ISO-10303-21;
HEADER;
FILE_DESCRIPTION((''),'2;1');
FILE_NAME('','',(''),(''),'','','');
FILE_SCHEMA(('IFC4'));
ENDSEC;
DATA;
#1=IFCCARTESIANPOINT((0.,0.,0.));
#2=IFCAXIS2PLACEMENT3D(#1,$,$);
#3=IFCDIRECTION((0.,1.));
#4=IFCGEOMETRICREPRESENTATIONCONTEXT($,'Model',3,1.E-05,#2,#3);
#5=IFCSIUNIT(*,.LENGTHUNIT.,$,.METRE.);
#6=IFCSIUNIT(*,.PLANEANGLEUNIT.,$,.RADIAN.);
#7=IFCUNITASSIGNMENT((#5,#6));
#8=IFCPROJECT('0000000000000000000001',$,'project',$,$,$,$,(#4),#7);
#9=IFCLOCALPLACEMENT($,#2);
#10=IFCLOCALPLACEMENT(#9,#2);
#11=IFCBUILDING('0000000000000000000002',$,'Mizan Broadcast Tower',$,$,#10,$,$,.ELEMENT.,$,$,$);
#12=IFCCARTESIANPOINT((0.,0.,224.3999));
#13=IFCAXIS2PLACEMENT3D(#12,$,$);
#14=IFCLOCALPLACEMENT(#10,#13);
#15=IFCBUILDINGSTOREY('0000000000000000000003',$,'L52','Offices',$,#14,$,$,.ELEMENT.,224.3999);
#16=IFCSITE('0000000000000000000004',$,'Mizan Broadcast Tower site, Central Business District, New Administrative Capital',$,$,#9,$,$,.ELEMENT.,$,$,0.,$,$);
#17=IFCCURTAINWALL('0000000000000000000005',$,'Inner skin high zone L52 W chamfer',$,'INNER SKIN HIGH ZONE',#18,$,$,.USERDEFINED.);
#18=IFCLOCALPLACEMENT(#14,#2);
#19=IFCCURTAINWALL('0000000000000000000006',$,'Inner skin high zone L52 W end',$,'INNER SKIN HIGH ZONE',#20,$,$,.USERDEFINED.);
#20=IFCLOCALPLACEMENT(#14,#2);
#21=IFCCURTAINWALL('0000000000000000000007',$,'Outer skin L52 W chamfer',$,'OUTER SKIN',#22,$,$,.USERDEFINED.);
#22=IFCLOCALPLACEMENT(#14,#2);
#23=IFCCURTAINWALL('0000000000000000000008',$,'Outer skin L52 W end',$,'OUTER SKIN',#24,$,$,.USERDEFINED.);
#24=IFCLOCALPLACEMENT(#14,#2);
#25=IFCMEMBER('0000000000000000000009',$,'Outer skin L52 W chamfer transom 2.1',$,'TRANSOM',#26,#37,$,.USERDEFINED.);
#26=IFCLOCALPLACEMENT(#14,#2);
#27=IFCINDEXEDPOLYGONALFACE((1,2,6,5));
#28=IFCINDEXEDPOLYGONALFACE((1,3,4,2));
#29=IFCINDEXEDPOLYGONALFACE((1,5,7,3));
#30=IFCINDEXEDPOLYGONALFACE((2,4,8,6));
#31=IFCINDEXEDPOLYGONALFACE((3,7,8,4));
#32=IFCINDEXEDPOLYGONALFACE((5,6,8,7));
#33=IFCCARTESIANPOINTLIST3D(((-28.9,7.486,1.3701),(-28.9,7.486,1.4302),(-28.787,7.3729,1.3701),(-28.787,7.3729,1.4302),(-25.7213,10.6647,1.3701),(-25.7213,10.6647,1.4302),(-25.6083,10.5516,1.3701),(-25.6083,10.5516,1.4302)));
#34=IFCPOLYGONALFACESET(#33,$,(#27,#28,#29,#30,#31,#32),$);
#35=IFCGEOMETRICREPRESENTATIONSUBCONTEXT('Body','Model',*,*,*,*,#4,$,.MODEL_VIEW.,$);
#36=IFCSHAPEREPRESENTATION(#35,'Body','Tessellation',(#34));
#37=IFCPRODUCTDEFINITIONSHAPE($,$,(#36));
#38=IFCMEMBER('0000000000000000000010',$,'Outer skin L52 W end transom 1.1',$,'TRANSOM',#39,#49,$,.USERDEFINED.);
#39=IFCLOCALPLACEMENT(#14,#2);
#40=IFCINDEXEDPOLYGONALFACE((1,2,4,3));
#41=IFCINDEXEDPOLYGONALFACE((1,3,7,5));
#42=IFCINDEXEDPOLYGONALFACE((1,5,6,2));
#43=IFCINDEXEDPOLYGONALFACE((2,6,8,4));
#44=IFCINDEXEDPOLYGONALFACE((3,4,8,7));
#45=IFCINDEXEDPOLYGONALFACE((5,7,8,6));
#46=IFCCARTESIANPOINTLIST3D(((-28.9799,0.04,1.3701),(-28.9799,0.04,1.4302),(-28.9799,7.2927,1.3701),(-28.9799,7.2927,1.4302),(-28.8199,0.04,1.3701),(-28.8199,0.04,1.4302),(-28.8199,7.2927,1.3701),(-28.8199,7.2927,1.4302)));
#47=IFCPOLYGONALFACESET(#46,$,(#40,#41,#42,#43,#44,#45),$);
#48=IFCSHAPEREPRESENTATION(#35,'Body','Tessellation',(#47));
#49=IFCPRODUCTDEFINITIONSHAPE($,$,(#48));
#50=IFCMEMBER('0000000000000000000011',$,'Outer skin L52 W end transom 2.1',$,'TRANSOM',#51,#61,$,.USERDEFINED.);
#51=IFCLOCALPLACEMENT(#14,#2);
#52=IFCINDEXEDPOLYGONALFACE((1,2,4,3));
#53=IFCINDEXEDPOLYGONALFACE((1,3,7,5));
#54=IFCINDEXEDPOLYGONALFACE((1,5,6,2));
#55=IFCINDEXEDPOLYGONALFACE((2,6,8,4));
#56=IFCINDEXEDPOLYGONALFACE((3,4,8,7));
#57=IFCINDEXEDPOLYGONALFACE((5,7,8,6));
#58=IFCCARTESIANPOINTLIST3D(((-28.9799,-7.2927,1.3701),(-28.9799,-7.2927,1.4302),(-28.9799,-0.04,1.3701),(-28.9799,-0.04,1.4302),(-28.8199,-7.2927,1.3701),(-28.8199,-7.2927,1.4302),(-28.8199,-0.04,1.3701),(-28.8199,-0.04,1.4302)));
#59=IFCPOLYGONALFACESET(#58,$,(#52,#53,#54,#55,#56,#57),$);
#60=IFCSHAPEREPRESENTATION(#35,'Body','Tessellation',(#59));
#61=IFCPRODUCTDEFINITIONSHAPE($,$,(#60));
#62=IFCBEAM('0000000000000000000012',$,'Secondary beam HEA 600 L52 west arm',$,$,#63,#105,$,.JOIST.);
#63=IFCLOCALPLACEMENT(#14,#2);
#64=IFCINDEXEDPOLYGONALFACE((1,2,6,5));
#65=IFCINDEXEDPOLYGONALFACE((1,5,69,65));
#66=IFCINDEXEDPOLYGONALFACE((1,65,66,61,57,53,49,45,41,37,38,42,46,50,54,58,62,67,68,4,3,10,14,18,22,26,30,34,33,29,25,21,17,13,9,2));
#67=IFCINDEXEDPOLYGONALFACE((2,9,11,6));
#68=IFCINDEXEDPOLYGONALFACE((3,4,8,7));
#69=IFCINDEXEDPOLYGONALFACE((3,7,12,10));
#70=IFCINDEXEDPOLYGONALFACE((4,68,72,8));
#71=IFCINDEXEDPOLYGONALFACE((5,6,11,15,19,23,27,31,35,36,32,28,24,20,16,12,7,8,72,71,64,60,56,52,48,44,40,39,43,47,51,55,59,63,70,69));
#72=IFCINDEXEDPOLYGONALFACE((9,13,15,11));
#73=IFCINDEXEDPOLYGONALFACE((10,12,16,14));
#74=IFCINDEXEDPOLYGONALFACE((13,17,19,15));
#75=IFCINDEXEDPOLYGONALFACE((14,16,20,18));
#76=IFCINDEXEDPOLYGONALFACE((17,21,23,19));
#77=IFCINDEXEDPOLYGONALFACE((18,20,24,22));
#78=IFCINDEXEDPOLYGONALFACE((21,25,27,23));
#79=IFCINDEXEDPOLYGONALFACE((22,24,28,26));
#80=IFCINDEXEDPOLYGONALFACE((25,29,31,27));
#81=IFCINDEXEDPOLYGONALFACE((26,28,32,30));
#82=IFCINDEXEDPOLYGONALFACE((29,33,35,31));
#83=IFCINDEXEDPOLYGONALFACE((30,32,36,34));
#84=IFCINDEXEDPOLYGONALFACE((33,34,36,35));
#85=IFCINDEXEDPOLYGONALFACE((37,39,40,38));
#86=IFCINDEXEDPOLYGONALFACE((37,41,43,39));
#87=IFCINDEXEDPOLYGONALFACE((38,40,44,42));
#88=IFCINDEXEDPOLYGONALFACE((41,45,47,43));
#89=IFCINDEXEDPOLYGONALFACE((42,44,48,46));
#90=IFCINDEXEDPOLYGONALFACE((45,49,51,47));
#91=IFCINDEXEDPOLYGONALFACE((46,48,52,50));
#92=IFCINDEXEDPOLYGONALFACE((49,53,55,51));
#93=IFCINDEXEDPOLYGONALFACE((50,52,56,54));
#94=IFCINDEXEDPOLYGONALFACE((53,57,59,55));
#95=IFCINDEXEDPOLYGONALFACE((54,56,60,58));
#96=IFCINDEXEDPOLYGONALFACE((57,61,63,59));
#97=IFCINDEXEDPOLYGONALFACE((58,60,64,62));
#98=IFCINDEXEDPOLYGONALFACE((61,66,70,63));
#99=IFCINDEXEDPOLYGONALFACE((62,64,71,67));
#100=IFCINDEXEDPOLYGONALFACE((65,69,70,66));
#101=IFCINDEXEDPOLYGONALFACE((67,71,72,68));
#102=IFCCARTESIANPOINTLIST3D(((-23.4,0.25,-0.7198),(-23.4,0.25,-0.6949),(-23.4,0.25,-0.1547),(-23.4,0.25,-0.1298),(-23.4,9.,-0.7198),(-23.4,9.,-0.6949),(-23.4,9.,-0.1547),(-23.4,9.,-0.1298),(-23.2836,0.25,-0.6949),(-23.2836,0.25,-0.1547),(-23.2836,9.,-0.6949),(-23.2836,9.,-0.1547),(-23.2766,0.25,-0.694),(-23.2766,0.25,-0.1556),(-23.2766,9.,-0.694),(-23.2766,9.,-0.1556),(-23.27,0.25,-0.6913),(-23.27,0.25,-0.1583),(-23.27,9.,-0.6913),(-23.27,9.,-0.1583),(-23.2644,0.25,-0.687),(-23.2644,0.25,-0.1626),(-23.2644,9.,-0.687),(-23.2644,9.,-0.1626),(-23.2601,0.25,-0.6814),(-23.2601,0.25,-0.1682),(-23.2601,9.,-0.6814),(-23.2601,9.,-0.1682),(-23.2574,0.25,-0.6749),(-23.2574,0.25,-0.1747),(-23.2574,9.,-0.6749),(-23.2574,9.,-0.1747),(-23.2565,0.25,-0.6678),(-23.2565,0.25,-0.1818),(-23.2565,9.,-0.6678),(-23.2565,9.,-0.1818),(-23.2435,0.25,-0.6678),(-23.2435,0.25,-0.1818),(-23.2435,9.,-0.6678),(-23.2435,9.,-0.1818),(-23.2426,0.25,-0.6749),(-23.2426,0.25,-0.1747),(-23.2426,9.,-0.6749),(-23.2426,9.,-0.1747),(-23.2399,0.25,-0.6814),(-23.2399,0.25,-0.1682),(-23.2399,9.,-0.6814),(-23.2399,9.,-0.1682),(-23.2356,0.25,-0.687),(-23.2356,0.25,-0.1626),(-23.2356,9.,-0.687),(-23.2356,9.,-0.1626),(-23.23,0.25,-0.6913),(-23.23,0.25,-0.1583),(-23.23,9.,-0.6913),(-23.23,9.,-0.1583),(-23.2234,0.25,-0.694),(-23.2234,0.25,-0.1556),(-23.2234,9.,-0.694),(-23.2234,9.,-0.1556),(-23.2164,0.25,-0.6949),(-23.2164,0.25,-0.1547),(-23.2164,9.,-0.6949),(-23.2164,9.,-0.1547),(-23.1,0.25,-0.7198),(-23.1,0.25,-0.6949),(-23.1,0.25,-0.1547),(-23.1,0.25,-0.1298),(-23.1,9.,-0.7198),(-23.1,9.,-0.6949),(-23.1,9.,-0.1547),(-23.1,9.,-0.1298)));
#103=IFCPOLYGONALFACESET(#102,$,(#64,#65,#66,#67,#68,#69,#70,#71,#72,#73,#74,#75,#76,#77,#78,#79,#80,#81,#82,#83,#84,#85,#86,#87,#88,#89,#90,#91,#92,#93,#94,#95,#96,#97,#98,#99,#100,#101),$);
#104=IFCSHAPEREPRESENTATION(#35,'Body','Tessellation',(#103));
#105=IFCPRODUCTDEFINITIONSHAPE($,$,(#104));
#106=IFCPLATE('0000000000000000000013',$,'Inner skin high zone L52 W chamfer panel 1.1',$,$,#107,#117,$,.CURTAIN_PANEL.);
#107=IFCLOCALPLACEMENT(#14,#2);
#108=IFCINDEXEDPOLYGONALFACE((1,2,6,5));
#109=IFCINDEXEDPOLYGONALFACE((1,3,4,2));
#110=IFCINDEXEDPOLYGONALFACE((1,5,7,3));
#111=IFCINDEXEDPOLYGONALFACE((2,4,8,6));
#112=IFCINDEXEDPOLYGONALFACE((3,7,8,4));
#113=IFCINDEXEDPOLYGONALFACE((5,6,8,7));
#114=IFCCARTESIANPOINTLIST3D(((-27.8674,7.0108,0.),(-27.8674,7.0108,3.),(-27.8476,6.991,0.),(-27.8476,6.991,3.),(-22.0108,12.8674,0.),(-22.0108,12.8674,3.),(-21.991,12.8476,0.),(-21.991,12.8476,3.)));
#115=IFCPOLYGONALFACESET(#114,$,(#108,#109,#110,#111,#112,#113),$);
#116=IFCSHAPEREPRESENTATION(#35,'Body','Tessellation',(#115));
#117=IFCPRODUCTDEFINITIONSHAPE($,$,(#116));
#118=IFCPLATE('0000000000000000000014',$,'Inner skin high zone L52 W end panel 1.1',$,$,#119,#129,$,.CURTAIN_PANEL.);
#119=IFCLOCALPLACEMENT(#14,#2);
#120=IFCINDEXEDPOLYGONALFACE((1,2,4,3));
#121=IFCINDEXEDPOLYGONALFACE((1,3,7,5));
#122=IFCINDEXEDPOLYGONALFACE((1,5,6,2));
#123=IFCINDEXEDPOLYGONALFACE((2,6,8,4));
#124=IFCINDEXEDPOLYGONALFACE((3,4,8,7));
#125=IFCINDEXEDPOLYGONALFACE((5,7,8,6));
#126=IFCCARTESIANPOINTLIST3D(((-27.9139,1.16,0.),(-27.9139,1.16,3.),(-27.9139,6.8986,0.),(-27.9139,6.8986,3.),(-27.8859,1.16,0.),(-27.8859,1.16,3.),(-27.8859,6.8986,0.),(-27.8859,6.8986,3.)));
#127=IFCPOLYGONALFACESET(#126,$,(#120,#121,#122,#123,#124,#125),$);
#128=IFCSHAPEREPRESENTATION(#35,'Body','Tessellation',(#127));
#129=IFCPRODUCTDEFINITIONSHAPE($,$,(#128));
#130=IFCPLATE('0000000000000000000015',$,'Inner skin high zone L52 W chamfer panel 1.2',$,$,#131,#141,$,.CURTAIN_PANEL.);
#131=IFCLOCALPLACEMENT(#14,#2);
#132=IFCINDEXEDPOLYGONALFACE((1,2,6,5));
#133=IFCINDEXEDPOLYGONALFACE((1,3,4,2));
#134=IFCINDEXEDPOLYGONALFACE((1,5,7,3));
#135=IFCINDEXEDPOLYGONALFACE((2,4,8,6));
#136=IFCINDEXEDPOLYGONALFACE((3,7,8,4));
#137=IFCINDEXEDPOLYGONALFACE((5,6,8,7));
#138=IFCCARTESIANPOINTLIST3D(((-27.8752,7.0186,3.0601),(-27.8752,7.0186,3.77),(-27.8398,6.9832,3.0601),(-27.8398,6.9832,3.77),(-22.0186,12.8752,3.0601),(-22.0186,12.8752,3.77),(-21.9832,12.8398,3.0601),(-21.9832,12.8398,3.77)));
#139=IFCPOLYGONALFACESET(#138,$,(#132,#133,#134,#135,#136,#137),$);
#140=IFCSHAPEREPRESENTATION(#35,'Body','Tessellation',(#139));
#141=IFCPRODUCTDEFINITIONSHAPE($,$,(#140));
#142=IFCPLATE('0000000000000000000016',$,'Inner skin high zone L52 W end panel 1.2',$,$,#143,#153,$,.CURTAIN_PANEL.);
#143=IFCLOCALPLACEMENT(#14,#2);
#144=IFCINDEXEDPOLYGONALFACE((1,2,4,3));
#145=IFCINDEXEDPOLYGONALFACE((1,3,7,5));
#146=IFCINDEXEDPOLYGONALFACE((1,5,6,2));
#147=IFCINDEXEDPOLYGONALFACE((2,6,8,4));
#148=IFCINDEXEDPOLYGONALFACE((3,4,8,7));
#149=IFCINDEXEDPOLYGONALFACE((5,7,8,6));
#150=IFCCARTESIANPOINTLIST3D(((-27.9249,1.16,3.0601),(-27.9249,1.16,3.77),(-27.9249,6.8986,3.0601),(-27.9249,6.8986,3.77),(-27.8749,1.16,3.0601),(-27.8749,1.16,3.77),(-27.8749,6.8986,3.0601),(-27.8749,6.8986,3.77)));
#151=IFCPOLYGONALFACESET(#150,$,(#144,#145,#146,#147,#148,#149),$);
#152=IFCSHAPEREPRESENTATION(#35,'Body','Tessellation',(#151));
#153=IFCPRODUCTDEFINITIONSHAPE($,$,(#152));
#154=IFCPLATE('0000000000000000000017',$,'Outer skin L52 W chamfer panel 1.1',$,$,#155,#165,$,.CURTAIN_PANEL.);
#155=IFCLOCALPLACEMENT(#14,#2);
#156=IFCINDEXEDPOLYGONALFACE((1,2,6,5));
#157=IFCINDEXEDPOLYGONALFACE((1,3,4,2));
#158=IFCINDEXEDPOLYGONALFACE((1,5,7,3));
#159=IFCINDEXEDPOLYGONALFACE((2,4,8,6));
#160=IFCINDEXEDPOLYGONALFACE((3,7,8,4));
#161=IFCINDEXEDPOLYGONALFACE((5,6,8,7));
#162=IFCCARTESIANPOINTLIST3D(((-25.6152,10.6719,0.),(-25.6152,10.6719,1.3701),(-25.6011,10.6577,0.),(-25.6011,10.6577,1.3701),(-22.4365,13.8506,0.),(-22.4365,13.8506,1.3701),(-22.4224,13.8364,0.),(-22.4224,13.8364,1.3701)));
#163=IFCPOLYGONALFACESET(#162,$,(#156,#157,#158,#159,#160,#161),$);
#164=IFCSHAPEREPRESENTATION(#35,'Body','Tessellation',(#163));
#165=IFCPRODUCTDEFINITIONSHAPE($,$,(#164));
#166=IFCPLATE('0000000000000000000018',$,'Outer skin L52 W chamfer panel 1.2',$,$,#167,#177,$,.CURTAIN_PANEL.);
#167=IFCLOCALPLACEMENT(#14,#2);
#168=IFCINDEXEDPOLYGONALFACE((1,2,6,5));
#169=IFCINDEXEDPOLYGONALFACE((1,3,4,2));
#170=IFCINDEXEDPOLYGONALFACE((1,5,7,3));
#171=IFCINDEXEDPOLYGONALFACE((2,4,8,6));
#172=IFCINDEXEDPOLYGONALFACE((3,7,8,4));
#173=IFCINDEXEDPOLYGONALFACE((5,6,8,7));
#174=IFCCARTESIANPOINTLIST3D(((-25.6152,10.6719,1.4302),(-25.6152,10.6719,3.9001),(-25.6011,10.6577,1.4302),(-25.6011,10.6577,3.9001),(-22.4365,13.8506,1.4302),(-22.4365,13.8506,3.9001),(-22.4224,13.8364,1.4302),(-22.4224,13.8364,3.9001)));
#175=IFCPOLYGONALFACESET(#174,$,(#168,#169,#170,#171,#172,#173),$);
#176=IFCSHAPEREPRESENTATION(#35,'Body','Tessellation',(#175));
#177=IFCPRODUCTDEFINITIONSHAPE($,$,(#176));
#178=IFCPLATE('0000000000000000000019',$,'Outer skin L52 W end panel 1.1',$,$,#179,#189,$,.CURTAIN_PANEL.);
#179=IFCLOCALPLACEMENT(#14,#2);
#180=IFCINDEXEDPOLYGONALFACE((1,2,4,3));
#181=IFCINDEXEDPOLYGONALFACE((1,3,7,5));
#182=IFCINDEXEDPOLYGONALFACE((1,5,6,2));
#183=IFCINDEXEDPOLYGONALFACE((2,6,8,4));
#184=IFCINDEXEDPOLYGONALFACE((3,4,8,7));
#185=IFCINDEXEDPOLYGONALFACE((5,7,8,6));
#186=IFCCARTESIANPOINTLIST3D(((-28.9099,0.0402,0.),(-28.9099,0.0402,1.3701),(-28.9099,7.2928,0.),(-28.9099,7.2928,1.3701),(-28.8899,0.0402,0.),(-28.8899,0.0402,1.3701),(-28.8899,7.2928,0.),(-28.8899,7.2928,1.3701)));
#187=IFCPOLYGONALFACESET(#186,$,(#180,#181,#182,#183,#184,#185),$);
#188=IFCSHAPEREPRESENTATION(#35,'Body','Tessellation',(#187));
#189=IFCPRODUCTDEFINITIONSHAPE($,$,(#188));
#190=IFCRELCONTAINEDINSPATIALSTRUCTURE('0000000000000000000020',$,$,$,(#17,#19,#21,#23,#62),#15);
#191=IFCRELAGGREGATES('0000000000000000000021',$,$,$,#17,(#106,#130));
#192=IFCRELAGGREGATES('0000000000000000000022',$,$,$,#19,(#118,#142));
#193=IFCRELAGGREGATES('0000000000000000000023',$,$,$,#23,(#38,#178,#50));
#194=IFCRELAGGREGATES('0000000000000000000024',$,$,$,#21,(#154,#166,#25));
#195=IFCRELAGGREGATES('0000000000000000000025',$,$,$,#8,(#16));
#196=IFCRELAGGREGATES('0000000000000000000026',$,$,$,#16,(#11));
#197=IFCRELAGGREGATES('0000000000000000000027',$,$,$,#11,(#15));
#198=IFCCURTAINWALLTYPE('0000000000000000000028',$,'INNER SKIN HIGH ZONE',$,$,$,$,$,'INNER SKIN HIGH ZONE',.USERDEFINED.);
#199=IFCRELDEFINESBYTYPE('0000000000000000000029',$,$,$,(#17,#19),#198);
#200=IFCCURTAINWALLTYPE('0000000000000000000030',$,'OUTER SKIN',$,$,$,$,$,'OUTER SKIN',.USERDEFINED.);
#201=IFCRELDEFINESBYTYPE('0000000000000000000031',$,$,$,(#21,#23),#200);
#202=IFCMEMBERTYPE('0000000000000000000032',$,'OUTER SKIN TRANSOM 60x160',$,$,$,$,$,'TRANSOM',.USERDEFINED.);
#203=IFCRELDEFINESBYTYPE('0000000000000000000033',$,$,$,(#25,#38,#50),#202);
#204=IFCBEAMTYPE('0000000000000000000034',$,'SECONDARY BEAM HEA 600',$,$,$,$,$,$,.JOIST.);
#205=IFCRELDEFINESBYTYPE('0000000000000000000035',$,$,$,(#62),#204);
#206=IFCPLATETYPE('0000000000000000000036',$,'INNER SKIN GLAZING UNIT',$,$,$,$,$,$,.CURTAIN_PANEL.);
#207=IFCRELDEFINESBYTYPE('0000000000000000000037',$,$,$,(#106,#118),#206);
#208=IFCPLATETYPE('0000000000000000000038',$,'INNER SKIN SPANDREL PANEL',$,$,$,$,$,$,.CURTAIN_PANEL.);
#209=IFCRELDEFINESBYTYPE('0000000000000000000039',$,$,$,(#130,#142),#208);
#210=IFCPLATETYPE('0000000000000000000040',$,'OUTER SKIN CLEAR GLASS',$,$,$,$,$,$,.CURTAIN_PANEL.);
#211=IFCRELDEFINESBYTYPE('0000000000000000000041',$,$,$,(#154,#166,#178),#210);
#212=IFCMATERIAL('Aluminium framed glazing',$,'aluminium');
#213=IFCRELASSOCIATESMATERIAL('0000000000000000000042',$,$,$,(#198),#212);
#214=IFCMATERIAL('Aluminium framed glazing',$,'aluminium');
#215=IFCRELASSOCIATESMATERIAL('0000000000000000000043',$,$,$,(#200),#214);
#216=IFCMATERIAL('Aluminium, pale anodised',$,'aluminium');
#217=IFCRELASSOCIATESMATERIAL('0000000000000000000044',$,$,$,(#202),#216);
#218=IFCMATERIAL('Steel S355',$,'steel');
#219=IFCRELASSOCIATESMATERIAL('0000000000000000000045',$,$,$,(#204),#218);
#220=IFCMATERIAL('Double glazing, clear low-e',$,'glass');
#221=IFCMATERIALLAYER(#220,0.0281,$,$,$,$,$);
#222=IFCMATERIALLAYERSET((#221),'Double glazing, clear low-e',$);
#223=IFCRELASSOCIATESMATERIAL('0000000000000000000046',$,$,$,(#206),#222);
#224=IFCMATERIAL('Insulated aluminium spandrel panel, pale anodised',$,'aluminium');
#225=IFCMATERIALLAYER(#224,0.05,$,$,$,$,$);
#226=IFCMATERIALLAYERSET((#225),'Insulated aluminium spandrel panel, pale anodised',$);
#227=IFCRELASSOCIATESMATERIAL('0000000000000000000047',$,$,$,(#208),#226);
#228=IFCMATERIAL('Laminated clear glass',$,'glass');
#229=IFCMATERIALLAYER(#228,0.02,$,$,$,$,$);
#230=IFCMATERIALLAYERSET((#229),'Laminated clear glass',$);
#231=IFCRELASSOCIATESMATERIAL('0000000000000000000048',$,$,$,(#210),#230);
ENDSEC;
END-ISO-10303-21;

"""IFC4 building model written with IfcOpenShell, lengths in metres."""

from ifc_helpers import new_model, si_unit, direction, frame, origin, origin_2d, place, context, subcontext, project, spatial, rectangle, i_section, extrude, material, layer, layer_set, material_profile, profile_set, type_object, element, aggregate, save


model = new_model("IFC4")

# Units and contexts
model_context = context("Model", 3, precision=1e-05, world=origin(), true_north=direction((0.0, 1.0)))
body_context = subcontext(model_context, "Body", "Model", "MODEL_VIEW")
ifc_project = project(units=[si_unit("LENGTHUNIT", "METRE"), si_unit("PLANEANGLEUNIT", "RADIAN")], contexts=[model_context])

# Site, building, storey
site_placement = place(None, origin())
site = spatial("IfcSite", under=ifc_project, at=site_placement, Name="Mizan Broadcast Tower site, Central Business District, New Administrative Capital", CompositionType="ELEMENT", RefElevation=0.0)
building_placement = place(site_placement, origin())
building = spatial("IfcBuilding", under=site, at=building_placement, Name="Mizan Broadcast Tower", CompositionType="ELEMENT")
storey_placement = place(building_placement, frame((0.0, 0.0, 224.3999)))
storey = spatial("IfcBuildingStorey", under=building, at=storey_placement, Name="L52", Description="Offices", CompositionType="ELEMENT", Elevation=224.3999)

# Curtain walls
ifc_material_1 = material(Name="Aluminium framed glazing", Category="aluminium")
curtain_wall_type_1 = type_object("IfcCurtainWallType", Name="INNER SKIN HIGH ZONE", ElementType="INNER SKIN HIGH ZONE", PredefinedType="USERDEFINED", material=ifc_material_1)
curtain_wall_1_placement = place(storey_placement, origin())
curtain_wall_1 = element("IfcCurtainWall", 1, at=curtain_wall_1_placement, inside=storey, type_object=curtain_wall_type_1, Name="Inner skin high zone L52 W chamfer", ObjectType="INNER SKIN HIGH ZONE", PredefinedType="USERDEFINED")
curtain_wall_2_placement = place(storey_placement, origin())
curtain_wall_2 = element("IfcCurtainWall", 2, at=curtain_wall_2_placement, inside=storey, type_object=curtain_wall_type_1, Name="Inner skin high zone L52 W end", ObjectType="INNER SKIN HIGH ZONE", PredefinedType="USERDEFINED")

# Curtain wall
ifc_material_2 = material(Name="Aluminium framed glazing", Category="aluminium")
curtain_wall_type_2 = type_object("IfcCurtainWallType", Name="OUTER SKIN", ElementType="OUTER SKIN", PredefinedType="USERDEFINED", material=ifc_material_2)
curtain_wall_3_placement = place(storey_placement, origin())
curtain_wall_3 = element("IfcCurtainWall", 3, at=curtain_wall_3_placement, inside=storey, type_object=curtain_wall_type_2, Name="Outer skin L52 W chamfer", ObjectType="OUTER SKIN", PredefinedType="USERDEFINED")

# Curtain wall
curtain_wall_4_placement = place(storey_placement, origin())
curtain_wall_4 = element("IfcCurtainWall", 4, at=curtain_wall_4_placement, inside=storey, type_object=curtain_wall_type_2, Name="Outer skin L52 W end", ObjectType="OUTER SKIN", PredefinedType="USERDEFINED")

# Members
ifc_material_3 = material(Name="Aluminium, pale anodised", Category="aluminium")
ifc_material_profile_1 = material_profile(ifc_material_3, rectangle(XDim=0.1599, YDim=0.0601, at=origin_2d()), Name="TRANSOM 160x60")
ifc_profile_set_1 = profile_set([ifc_material_profile_1], Name="Aluminium, pale anodised")
member_type_1 = type_object("IfcMemberType", Name="OUTER SKIN TRANSOM 60x160", ElementType="TRANSOM", PredefinedType="USERDEFINED", material=ifc_profile_set_1)
member_1_placement = place(storey_placement, frame((-25.6648, 10.6082, 1.4001), z_axis=(-0.707107, -0.707107, 0.0), x_axis=(0.707107, -0.707107, 0.0)))
member_1 = element("IfcMember", 5, at=member_1_placement, type_object=member_type_1, Name="Outer skin L52 W chamfer transom 2.1", ObjectType="TRANSOM", PredefinedType="USERDEFINED", context=body_context, shape_type="SweptSolid", body=[
    extrude(rectangle(XDim=0.1599, YDim=0.0601, at=origin_2d()), origin(), (0.0, 0.0, 1.0), 4.4954),
])
member_2_placement = place(storey_placement, frame((-28.8999, 7.2927, 1.4001), z_axis=(0.0, -1.0, 0.0), x_axis=(1.0, 0.0, 0.0)))
member_2 = element("IfcMember", 6, at=member_2_placement, type_object=member_type_1, Name="Outer skin L52 W end transom 1.1", ObjectType="TRANSOM", PredefinedType="USERDEFINED", context=body_context, shape_type="SweptSolid", body=[
    extrude(rectangle(XDim=0.1599, YDim=0.0601, at=origin_2d()), origin(), (0.0, 0.0, 1.0), 7.2527),
])
member_3_placement = place(storey_placement, frame((-28.8999, -0.04, 1.4001), z_axis=(0.0, -1.0, 0.0), x_axis=(1.0, 0.0, 0.0)))
member_3 = element("IfcMember", 7, at=member_3_placement, type_object=member_type_1, Name="Outer skin L52 W end transom 2.1", ObjectType="TRANSOM", PredefinedType="USERDEFINED", context=body_context, shape_type="SweptSolid", body=[
    extrude(rectangle(XDim=0.1599, YDim=0.0601, at=origin_2d()), origin(), (0.0, 0.0, 1.0), 7.2527),
])

# Beam
ifc_material_4 = material(Name="Steel S355", Category="steel")
ifc_material_profile_2 = material_profile(ifc_material_4, i_section(OverallWidth=0.3, OverallDepth=0.5901, WebThickness=0.0129, FlangeThickness=0.0249, FilletRadius=0.0271, at=origin_2d()), Name="HEA 600")
ifc_profile_set_2 = profile_set([ifc_material_profile_2], Name="Steel S355")
beam_type_1 = type_object("IfcBeamType", Name="SECONDARY BEAM HEA 600", PredefinedType="JOIST", material=ifc_profile_set_2)
beam_1_placement = place(storey_placement, frame((-23.25, 9.0, -0.4248), z_axis=(0.0, -1.0, 0.0), x_axis=(1.0, 0.0, 0.0)))
element("IfcBeam", 8, at=beam_1_placement, inside=storey, type_object=beam_type_1, Name="Secondary beam HEA 600 L52 west arm", PredefinedType="JOIST", context=body_context, shape_type="SweptSolid", body=[
    extrude(i_section(OverallWidth=0.3, OverallDepth=0.5901, WebThickness=0.0129, FlangeThickness=0.0249, FilletRadius=0.0271, at=origin_2d()), origin(), (0.0, 0.0, 1.0), 8.75),
])

# Plates
ifc_material_5 = material(Name="Double glazing, clear low-e", Category="glass")
ifc_layer_1 = layer(ifc_material_5, 0.0281)
ifc_layer_set_1 = layer_set([ifc_layer_1], Name="Double glazing, clear low-e")
plate_type_1 = type_object("IfcPlateType", Name="INNER SKIN GLAZING UNIT", PredefinedType="CURTAIN_PANEL", material=ifc_layer_set_1)
plate_1_placement = place(storey_placement, frame((-24.9292, 9.9292, 0.0), z_axis=(0.0, 0.0, 1.0), x_axis=(-0.707107, -0.707107, 0.0)))
plate_1 = element("IfcPlate", 9, at=plate_1_placement, type_object=plate_type_1, Name="Inner skin high zone L52 W chamfer panel 1.1", PredefinedType="CURTAIN_PANEL", context=body_context, shape_type="SweptSolid", body=[
    extrude(rectangle(XDim=8.2825, YDim=0.0281, at=origin_2d()), origin(), (0.0, 0.0, 1.0), 3.0),
])
plate_2_placement = place(storey_placement, frame((-27.8999, 4.0293, 0.0), z_axis=(0.0, 0.0, 1.0), x_axis=(0.0, -1.0, 0.0)))
plate_2 = element("IfcPlate", 10, at=plate_2_placement, type_object=plate_type_1, Name="Inner skin high zone L52 W end panel 1.1", PredefinedType="CURTAIN_PANEL", context=body_context, shape_type="SweptSolid", body=[
    extrude(rectangle(XDim=5.7385, YDim=0.0281, at=origin_2d()), origin(), (0.0, 0.0, 1.0), 3.0),
])
ifc_material_6 = material(Name="Insulated aluminium spandrel panel, pale anodised", Category="aluminium")
ifc_layer_2 = layer(ifc_material_6, 0.05)
ifc_layer_set_2 = layer_set([ifc_layer_2], Name="Insulated aluminium spandrel panel, pale anodised")
plate_type_2 = type_object("IfcPlateType", Name="INNER SKIN SPANDREL PANEL", PredefinedType="CURTAIN_PANEL", material=ifc_layer_set_2)
plate_3_placement = place(storey_placement, frame((-24.9292, 9.9292, 3.0601), z_axis=(0.0, 0.0, 1.0), x_axis=(-0.707107, -0.707107, 0.0)))
plate_3 = element("IfcPlate", 11, at=plate_3_placement, type_object=plate_type_2, Name="Inner skin high zone L52 W chamfer panel 1.2", PredefinedType="CURTAIN_PANEL", context=body_context, shape_type="SweptSolid", body=[
    extrude(rectangle(XDim=8.2825, YDim=0.05, at=origin_2d()), origin(), (0.0, 0.0, 1.0), 0.71),
])
aggregate(curtain_wall_1, [plate_1, plate_3])
plate_4_placement = place(storey_placement, frame((-27.8999, 4.0293, 3.0601), z_axis=(0.0, 0.0, 1.0), x_axis=(0.0, -1.0, 0.0)))
plate_4 = element("IfcPlate", 12, at=plate_4_placement, type_object=plate_type_2, Name="Inner skin high zone L52 W end panel 1.2", PredefinedType="CURTAIN_PANEL", context=body_context, shape_type="SweptSolid", body=[
    extrude(rectangle(XDim=5.7385, YDim=0.05, at=origin_2d()), origin(), (0.0, 0.0, 1.0), 0.71),
])
aggregate(curtain_wall_2, [plate_2, plate_4])
ifc_material_7 = material(Name="Laminated clear glass", Category="glass")
ifc_layer_3 = layer(ifc_material_7, 0.02)
ifc_layer_set_3 = layer_set([ifc_layer_3], Name="Laminated clear glass")
plate_type_3 = type_object("IfcPlateType", Name="OUTER SKIN CLEAR GLASS", PredefinedType="CURTAIN_PANEL", material=ifc_layer_set_3)
plate_5_placement = place(storey_placement, frame((-24.0188, 12.2542, 0.0), z_axis=(0.0, 0.0, 1.0), x_axis=(-0.707107, -0.707107, 0.0)))
plate_5 = element("IfcPlate", 13, at=plate_5_placement, type_object=plate_type_3, Name="Outer skin L52 W chamfer panel 1.1", PredefinedType="CURTAIN_PANEL", context=body_context, shape_type="SweptSolid", body=[
    extrude(rectangle(XDim=4.4954, YDim=0.02, at=origin_2d()), origin(), (0.0, 0.0, 1.0), 1.3701),
])
plate_6_placement = place(storey_placement, frame((-24.0188, 12.2542, 1.4302), z_axis=(0.0, 0.0, 1.0), x_axis=(-0.707107, -0.707107, 0.0)))
plate_6 = element("IfcPlate", 14, at=plate_6_placement, type_object=plate_type_3, Name="Outer skin L52 W chamfer panel 1.2", PredefinedType="CURTAIN_PANEL", context=body_context, shape_type="SweptSolid", body=[
    extrude(rectangle(XDim=4.4954, YDim=0.02, at=origin_2d()), origin(), (0.0, 0.0, 1.0), 2.47),
])
plate_7_placement = place(storey_placement, frame((-28.8999, 3.6665, 0.0), z_axis=(0.0, 0.0, 1.0), x_axis=(0.0, -1.0, 0.0)))
plate_7 = element("IfcPlate", 15, at=plate_7_placement, type_object=plate_type_3, Name="Outer skin L52 W end panel 1.1", PredefinedType="CURTAIN_PANEL", context=body_context, shape_type="SweptSolid", body=[
    extrude(rectangle(XDim=7.2527, YDim=0.02, at=origin_2d()), origin(), (0.0, 0.0, 1.0), 1.3701),
])
aggregate(curtain_wall_4, [member_2, plate_7, member_3])
aggregate(curtain_wall_3, [plate_5, plate_6, member_1])

save(model, "model.ifc")
